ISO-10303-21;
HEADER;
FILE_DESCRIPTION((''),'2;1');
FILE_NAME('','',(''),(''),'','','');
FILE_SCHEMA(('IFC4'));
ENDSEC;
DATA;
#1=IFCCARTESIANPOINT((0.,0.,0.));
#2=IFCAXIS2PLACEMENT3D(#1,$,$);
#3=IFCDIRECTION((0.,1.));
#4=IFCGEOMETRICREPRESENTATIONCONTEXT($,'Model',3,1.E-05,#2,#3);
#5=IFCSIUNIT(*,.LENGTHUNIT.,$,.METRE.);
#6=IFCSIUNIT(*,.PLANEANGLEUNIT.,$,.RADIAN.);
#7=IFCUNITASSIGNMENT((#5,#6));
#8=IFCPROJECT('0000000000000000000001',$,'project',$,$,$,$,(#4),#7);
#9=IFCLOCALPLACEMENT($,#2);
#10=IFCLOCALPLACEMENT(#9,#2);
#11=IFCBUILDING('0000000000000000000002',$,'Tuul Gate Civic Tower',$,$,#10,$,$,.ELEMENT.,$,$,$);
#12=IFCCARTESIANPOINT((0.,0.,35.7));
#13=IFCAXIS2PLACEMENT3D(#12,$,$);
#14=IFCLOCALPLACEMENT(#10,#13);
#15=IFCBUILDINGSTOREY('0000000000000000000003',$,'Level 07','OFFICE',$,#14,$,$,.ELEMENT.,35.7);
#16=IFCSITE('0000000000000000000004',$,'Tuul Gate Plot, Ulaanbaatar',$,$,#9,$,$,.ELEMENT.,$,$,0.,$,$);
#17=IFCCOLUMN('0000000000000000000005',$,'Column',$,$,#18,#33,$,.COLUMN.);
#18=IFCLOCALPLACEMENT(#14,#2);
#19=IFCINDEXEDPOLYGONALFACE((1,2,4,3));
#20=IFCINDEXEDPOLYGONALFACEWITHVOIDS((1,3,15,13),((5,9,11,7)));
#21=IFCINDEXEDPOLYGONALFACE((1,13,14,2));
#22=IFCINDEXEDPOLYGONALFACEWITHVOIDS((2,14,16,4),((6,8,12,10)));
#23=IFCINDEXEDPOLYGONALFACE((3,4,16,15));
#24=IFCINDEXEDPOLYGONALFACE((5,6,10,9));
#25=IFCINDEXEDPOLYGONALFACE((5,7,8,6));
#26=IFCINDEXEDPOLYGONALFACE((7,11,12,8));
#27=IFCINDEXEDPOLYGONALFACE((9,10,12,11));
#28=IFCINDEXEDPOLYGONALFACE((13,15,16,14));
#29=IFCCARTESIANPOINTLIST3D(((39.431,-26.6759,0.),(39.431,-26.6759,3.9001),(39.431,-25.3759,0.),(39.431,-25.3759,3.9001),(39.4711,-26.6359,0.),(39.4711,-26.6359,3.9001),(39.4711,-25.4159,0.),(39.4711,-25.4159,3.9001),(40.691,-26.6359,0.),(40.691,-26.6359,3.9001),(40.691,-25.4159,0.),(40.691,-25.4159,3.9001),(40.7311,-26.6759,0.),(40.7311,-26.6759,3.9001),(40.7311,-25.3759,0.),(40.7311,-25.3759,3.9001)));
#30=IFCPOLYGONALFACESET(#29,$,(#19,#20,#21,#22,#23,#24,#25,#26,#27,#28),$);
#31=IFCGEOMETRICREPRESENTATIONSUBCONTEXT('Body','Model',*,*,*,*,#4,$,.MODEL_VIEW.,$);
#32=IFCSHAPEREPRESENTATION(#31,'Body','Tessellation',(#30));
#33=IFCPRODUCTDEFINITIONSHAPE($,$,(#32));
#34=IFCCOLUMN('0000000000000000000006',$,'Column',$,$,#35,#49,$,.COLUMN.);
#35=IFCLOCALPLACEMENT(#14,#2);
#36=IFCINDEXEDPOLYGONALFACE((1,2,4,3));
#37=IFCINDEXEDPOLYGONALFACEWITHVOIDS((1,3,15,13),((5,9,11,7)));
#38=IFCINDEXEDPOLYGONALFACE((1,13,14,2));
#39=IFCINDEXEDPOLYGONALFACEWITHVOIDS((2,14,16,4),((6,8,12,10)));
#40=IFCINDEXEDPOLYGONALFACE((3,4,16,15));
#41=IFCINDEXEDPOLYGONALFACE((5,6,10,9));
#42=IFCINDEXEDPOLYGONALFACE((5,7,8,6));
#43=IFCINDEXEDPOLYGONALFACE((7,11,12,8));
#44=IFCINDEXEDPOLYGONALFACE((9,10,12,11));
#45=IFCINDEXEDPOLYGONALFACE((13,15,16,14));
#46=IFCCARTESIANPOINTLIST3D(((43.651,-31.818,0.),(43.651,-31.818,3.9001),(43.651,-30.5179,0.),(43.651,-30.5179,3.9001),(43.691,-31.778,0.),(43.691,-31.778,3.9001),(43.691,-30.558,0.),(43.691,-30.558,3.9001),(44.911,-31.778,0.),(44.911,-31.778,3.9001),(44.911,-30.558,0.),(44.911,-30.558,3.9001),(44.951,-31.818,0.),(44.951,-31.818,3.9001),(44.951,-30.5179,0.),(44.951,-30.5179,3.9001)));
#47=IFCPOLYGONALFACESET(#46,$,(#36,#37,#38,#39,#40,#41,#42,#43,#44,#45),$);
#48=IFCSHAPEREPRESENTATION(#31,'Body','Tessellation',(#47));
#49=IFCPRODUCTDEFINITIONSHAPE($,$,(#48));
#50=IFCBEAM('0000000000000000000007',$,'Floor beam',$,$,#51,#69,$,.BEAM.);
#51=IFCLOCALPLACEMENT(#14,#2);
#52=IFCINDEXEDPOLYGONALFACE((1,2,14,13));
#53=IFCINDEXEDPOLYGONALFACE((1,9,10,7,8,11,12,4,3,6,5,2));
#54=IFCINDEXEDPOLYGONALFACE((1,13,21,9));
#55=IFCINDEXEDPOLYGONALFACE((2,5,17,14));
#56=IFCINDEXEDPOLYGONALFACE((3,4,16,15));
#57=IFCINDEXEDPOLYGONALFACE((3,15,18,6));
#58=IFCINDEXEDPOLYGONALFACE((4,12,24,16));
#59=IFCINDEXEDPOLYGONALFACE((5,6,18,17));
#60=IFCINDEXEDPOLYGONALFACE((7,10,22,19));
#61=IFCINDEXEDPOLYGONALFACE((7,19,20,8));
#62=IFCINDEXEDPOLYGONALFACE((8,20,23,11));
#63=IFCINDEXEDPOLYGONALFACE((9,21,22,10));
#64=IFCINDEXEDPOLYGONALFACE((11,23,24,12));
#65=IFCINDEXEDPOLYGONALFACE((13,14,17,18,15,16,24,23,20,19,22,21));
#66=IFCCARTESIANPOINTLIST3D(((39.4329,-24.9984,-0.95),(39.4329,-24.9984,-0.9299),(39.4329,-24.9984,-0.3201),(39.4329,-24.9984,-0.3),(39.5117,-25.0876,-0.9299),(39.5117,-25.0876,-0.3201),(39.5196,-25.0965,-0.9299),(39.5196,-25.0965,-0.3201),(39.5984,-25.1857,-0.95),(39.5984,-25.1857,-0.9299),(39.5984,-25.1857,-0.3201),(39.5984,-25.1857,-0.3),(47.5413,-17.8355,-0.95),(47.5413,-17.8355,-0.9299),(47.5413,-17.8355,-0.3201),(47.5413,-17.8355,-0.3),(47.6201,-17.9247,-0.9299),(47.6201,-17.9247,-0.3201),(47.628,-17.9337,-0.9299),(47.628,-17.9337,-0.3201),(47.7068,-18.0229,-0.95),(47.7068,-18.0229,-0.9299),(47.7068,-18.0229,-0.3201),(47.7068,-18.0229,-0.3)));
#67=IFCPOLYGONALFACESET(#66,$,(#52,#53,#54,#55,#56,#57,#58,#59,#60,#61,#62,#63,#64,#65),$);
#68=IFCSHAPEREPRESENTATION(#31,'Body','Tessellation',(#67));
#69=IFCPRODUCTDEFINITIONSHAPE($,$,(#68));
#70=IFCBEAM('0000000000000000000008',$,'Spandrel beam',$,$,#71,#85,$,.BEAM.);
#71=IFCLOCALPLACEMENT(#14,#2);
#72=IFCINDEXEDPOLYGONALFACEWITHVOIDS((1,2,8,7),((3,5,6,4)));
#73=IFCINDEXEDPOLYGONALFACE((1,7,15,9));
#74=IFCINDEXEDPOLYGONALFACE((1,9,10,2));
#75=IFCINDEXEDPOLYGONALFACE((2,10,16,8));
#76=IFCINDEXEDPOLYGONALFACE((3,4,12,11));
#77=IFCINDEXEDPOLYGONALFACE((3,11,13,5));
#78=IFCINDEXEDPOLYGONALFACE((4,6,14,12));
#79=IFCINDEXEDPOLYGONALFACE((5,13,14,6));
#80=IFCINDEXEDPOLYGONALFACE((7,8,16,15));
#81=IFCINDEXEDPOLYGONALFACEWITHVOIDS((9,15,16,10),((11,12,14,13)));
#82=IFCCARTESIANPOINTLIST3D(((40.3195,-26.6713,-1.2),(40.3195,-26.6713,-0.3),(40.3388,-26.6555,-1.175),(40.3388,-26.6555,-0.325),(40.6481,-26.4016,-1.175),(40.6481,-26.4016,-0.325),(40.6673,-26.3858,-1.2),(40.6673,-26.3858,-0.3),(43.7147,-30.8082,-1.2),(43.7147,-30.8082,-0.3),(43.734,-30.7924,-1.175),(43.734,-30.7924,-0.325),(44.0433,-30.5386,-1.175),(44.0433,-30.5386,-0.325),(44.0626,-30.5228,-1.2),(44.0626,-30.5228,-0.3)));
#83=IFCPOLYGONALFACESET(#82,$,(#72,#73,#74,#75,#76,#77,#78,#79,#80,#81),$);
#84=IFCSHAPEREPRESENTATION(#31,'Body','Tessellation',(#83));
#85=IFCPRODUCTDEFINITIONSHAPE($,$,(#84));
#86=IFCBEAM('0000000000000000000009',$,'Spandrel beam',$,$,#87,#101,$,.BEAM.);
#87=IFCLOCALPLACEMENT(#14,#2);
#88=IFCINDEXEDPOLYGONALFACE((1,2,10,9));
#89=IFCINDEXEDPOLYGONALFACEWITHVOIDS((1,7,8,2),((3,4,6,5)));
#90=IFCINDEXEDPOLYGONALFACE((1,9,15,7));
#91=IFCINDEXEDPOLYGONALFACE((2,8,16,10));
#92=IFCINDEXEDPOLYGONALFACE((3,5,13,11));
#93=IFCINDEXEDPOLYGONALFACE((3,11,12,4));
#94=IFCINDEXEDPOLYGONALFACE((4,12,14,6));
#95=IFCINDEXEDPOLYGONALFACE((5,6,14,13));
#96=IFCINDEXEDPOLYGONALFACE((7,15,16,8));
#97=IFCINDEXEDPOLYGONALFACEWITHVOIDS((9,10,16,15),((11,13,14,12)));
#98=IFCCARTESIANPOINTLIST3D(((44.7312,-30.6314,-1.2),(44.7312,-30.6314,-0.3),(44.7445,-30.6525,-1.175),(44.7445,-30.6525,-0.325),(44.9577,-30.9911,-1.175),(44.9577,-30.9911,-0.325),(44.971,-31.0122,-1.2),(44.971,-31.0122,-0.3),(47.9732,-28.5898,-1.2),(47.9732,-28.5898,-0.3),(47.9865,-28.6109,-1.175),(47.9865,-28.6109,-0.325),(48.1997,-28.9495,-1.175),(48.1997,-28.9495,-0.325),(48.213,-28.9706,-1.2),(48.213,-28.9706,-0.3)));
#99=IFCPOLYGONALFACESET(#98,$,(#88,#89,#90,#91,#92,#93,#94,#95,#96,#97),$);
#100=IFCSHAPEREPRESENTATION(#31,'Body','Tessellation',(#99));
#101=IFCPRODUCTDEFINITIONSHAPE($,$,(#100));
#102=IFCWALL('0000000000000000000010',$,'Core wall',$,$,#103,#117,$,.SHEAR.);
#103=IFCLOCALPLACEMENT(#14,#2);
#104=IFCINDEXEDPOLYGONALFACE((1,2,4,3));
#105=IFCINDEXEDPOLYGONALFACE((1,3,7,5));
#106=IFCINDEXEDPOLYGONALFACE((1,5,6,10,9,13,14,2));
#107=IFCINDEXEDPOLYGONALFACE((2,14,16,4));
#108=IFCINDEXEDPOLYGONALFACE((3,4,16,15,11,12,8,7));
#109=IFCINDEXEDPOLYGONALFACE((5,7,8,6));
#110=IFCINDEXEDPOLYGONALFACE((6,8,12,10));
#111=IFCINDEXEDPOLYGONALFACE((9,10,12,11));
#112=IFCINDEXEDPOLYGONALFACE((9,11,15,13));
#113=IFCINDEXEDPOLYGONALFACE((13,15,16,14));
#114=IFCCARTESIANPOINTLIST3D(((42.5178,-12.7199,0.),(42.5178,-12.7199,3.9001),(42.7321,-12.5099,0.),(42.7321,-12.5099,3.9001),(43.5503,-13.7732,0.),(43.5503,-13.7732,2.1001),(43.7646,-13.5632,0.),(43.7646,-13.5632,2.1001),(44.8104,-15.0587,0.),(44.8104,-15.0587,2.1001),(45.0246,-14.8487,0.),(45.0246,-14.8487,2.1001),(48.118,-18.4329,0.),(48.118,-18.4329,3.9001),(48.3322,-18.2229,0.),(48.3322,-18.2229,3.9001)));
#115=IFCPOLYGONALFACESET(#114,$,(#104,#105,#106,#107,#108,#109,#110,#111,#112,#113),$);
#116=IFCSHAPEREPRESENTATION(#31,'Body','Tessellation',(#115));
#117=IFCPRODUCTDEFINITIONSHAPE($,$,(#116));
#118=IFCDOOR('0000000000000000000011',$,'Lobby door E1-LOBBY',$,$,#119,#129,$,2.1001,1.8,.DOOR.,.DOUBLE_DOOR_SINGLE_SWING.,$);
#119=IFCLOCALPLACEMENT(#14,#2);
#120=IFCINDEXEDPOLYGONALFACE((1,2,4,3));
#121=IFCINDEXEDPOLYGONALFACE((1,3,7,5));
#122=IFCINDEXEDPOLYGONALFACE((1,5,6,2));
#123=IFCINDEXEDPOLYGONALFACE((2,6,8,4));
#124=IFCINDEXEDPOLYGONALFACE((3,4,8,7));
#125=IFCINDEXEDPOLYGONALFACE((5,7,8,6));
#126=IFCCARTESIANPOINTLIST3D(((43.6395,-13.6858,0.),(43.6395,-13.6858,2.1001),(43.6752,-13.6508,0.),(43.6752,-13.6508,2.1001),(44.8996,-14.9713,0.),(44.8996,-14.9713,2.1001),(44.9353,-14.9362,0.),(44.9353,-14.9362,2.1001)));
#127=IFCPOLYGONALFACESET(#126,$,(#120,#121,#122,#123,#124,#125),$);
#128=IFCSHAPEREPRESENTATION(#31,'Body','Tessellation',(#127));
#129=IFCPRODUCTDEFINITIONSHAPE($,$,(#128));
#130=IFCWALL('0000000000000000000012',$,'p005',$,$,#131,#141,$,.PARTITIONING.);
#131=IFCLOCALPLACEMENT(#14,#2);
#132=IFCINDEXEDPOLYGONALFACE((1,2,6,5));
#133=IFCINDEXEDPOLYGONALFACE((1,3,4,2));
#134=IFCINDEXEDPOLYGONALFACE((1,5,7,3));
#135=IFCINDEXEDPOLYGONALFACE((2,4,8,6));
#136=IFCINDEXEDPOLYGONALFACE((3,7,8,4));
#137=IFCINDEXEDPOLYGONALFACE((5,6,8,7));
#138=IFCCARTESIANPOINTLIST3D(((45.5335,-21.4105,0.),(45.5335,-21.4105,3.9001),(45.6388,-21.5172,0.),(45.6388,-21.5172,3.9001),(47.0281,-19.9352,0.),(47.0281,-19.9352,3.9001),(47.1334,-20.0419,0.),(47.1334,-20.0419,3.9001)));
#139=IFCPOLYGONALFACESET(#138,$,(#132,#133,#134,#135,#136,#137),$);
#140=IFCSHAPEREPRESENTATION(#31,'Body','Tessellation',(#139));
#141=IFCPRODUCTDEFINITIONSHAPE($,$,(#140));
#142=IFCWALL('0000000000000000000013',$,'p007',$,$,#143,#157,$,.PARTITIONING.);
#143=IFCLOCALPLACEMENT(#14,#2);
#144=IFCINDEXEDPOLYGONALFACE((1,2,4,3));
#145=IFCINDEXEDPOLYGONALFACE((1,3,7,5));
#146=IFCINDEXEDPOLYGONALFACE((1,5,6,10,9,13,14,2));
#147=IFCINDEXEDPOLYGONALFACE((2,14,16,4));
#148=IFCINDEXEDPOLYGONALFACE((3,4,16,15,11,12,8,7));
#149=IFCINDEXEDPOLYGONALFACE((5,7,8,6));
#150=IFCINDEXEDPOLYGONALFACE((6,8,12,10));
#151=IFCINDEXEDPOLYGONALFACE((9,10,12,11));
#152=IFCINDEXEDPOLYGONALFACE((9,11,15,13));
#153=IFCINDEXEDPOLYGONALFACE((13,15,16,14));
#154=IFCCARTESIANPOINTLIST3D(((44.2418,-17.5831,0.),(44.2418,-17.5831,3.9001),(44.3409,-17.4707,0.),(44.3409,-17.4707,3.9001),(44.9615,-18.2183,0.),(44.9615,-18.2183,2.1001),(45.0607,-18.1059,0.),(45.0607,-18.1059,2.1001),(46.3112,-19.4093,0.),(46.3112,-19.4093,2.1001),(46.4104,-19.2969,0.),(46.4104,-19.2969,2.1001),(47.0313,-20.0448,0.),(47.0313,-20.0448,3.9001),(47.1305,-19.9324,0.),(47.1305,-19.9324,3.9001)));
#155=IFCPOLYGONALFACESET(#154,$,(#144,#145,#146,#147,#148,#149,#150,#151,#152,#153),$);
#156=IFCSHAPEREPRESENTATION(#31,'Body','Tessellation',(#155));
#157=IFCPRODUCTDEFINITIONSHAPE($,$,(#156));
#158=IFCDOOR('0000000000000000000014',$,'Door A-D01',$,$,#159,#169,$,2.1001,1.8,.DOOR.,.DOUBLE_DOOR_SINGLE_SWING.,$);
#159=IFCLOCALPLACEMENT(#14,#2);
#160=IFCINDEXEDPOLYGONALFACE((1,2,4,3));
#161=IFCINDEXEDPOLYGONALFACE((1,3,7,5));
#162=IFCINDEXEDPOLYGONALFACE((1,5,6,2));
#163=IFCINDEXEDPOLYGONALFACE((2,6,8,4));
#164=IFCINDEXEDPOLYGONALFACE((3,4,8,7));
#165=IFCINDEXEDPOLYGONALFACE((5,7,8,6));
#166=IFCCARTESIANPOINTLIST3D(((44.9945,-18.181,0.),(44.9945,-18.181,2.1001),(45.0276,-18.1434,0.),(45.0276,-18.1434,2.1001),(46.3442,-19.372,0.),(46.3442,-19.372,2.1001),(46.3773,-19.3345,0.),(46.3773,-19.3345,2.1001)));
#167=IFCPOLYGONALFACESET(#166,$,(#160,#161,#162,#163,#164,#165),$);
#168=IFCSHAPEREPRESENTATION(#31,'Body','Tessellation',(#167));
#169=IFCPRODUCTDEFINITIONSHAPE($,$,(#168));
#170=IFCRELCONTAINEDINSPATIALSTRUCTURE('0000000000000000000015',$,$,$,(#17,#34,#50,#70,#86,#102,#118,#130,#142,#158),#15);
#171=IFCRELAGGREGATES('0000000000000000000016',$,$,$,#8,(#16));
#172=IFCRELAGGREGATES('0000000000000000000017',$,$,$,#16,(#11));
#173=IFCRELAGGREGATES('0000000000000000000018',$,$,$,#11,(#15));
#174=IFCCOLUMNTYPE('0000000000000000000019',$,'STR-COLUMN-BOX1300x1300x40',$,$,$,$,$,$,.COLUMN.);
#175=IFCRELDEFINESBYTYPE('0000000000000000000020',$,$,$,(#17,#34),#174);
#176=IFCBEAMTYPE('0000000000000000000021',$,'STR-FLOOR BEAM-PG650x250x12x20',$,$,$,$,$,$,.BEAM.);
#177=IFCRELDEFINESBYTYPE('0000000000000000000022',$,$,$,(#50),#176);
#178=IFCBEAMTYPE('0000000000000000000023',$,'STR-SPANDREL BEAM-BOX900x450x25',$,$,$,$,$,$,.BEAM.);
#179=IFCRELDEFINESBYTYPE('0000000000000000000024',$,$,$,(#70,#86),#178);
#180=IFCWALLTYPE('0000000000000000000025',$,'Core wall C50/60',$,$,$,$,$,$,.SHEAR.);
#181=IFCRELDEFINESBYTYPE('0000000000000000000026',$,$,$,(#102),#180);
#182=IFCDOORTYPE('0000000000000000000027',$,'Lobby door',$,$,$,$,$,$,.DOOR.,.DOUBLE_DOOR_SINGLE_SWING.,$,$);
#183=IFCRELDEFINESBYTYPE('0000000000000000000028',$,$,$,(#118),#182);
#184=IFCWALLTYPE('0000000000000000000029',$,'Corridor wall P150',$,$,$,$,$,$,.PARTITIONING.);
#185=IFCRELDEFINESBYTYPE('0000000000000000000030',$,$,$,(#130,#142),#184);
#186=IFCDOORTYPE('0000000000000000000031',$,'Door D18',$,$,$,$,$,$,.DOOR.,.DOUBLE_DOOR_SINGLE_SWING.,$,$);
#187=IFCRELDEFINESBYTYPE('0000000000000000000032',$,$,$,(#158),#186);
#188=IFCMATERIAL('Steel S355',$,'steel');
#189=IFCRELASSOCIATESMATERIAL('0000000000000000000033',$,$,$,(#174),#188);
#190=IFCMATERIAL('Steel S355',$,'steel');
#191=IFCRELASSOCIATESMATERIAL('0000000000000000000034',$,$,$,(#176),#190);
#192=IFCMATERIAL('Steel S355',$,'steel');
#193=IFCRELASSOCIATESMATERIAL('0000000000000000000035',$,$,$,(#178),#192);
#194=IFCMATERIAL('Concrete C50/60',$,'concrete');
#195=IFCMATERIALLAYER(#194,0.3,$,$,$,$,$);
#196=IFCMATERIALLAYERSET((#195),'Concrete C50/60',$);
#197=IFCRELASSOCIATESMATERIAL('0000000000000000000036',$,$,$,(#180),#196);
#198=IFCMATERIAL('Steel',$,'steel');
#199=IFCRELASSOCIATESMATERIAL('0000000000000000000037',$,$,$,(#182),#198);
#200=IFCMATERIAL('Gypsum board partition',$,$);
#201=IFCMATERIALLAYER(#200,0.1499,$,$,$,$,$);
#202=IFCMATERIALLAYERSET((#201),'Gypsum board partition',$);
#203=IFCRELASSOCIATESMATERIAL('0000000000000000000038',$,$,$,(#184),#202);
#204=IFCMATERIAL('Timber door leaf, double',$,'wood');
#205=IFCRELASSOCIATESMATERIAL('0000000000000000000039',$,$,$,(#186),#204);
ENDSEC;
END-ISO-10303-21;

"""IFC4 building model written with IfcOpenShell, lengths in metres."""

from ifc_helpers import new_model, si_unit, direction, frame, frame_2d, origin, origin_2d, place, context, subcontext, project, spatial, rectangle, hollow_rectangle, i_section, extrude, material, layer, layer_set, material_profile, profile_set, type_object, element, fill, save


model = new_model("IFC4")

# Units and contexts
model_context = context("Model", 3, precision=1e-05, world=origin(), true_north=direction((0.0, 1.0)))
body_context = subcontext(model_context, "Body", "Model", "MODEL_VIEW")
ifc_project = project(units=[si_unit("LENGTHUNIT", "METRE"), si_unit("PLANEANGLEUNIT", "RADIAN")], contexts=[model_context])

# Site, building, storey
site_placement = place(None, origin())
site = spatial("IfcSite", under=ifc_project, at=site_placement, Name="Tuul Gate Plot, Ulaanbaatar", CompositionType="ELEMENT", RefElevation=0.0)
building_placement = place(site_placement, origin())
building = spatial("IfcBuilding", under=site, at=building_placement, Name="Tuul Gate Civic Tower", CompositionType="ELEMENT")
storey_placement = place(building_placement, frame((0.0, 0.0, 35.7)))
storey = spatial("IfcBuildingStorey", under=building, at=storey_placement, Name="Level 07", Description="OFFICE", CompositionType="ELEMENT", Elevation=35.7)

# Columns
ifc_material_1 = material(Name="Steel S355", Category="steel")
ifc_material_profile_1 = material_profile(ifc_material_1, hollow_rectangle(XDim=1.3, YDim=1.3, WallThickness=0.04, at=origin_2d()), Name="BOX1300x1300x40")
ifc_profile_set_1 = profile_set([ifc_material_profile_1], Name="Steel S355")
column_type = type_object("IfcColumnType", Name="STR-COLUMN-BOX1300x1300x40", PredefinedType="COLUMN", material=ifc_profile_set_1)
for number, where, z_axis, x_axis, name in (
    (1, (40.0811, -26.0259, 0.0), (0.0, 0.0, 1.0), (1.0, 0.0, 0.0), "Column"),
    (2, (44.301, -31.168, 0.0), (0.0, 0.0, 1.0), (1.0, 0.0, 0.0), "Column"),
):
    element("IfcColumn", number, at=place(storey_placement, frame(where, z_axis=z_axis, x_axis=x_axis)), inside=storey, type_object=column_type, Name=name, PredefinedType="COLUMN", context=body_context, shape_type="SweptSolid", body=[
        extrude(hollow_rectangle(XDim=1.3, YDim=1.3, WallThickness=0.04, at=origin_2d()), origin(), (0.0, 0.0, 1.0), 3.9001),
    ])

# Beams
ifc_material_2 = material(Name="Steel S355", Category="steel")
ifc_material_profile_2 = material_profile(ifc_material_2, i_section(OverallWidth=0.25, OverallDepth=0.6499, WebThickness=0.012, FlangeThickness=0.02, at=origin_2d()), Name="PG650x250x12x20")
ifc_profile_set_2 = profile_set([ifc_material_profile_2], Name="Steel S355")
beam_type_1 = type_object("IfcBeamType", Name="STR-FLOOR BEAM-PG650x250x12x20", PredefinedType="BEAM", material=ifc_profile_set_2)
beam_1_placement = place(storey_placement, frame((39.5156, -25.092, -0.625), z_axis=(0.749454, 0.662057, 0.0), x_axis=(-0.662057, 0.749454, 0.0)))
element("IfcBeam", 3, at=beam_1_placement, inside=storey, type_object=beam_type_1, Name="Floor beam", PredefinedType="BEAM", context=body_context, shape_type="SweptSolid", body=[
    extrude(i_section(OverallWidth=0.25, OverallDepth=0.6499, WebThickness=0.012, FlangeThickness=0.02, at=origin_2d()), origin(), (0.0, 0.0, 1.0), 10.8191),
])
ifc_material_3 = material(Name="Steel S355", Category="steel")
ifc_material_profile_3 = material_profile(ifc_material_3, hollow_rectangle(XDim=0.45, YDim=0.8999, WallThickness=0.0249, at=origin_2d()), Name="BOX900x450x25")
ifc_profile_set_3 = profile_set([ifc_material_profile_3], Name="Steel S355")
beam_type_2 = type_object("IfcBeamType", Name="STR-SPANDREL BEAM-BOX900x450x25", PredefinedType="BEAM", material=ifc_profile_set_3)
beam_2_placement = place(storey_placement, frame((40.4934, -26.5286, -0.75), z_axis=(0.63441, -0.772997, 0.0), x_axis=(0.772997, 0.63441, 0.0)))
element("IfcBeam", 4, at=beam_2_placement, inside=storey, type_object=beam_type_2, Name="Spandrel beam", PredefinedType="BEAM", context=body_context, shape_type="SweptSolid", body=[
    extrude(hollow_rectangle(XDim=0.45, YDim=0.8999, WallThickness=0.0249, at=origin_2d()), origin(), (0.0, 0.0, 1.0), 5.3518),
])
beam_3_placement = place(storey_placement, frame((44.8511, -30.8218, -0.75), z_axis=(0.8462, 0.532866, 0.0), x_axis=(-0.532866, 0.8462, 0.0)))
element("IfcBeam", 5, at=beam_3_placement, inside=storey, type_object=beam_type_2, Name="Spandrel beam", PredefinedType="BEAM", context=body_context, shape_type="SweptSolid", body=[
    extrude(hollow_rectangle(XDim=0.45, YDim=0.8999, WallThickness=0.0249, at=origin_2d()), origin(), (0.0, 0.0, 1.0), 3.8313),
])

# Wall, opening, door
ifc_material_4 = material(Name="Concrete C50/60", Category="concrete")
ifc_layer_1 = layer(ifc_material_4, 0.3)
ifc_layer_set_1 = layer_set([ifc_layer_1], Name="Concrete C50/60")
wall_type_1 = type_object("IfcWallType", Name="Core wall C50/60", PredefinedType="SHEAR", material=ifc_layer_set_1)
wall_1_placement = place(storey_placement, frame((48.2251, -18.3279, 0.0), z_axis=(0.0, 0.0, 1.0), x_axis=(-0.700022, 0.714121, 0.0)))
wall_1 = element("IfcWall", 6, at=wall_1_placement, inside=storey, type_object=wall_type_1, Name="Core wall", PredefinedType="SHEAR", context=body_context, shape_type="SweptSolid", body=[
    extrude(rectangle(XDim=8.0, YDim=0.3, at=frame_2d((4.0, 0.0))), origin(), (0.0, 0.0, 1.0), 3.9001),
])
opening_1_placement = place(wall_1_placement, frame((4.7251, 0.0, 0.0)))
opening_1 = element("IfcOpeningElement", 7, at=opening_1_placement, cuts=wall_1, PredefinedType="OPENING", context=body_context, shape_type="SweptSolid", body=[
    extrude(rectangle(XDim=1.8, YDim=2.1001, at=frame_2d((0.8999, 1.05))), frame((0.0, 0.1602, 0.0), z_axis=(0.0, -1.0, 0.0), x_axis=(1.0, 0.0, 0.0)), (0.0, 0.0, 1.0), 0.3201),
])
ifc_material_5 = material(Name="Steel", Category="steel")
door_type_1 = type_object("IfcDoorType", Name="Lobby door", OperationType="DOUBLE_DOOR_SINGLE_SWING", PredefinedType="DOOR", material=ifc_material_5)
door_1_placement = place(opening_1_placement, frame((1.8, 0.0, 0.0), z_axis=(0.0, 0.0, 1.0), x_axis=(-1.0, 0.0, 0.0)))
door_1 = element("IfcDoor", 8, at=door_1_placement, inside=storey, type_object=door_type_1, Name="Lobby door E1-LOBBY", OperationType="DOUBLE_DOOR_SINGLE_SWING", OverallHeight=2.1001, OverallWidth=1.8, PredefinedType="DOOR", context=body_context, shape_type="SweptSolid", body=[
    extrude(rectangle(XDim=1.8, YDim=2.1001, at=frame_2d((0.9001, 1.05))), frame((0.0, 0.0249, 0.0), z_axis=(0.0, -1.0, 0.0), x_axis=(1.0, 0.0, 0.0)), (0.0, 0.0, 1.0), 0.05),
])
fill(opening_1, door_1)

# Wall
ifc_material_6 = material(Name="Gypsum board partition")
ifc_layer_2 = layer(ifc_material_6, 0.1499)
ifc_layer_set_2 = layer_set([ifc_layer_2], Name="Gypsum board partition")
wall_type_2 = type_object("IfcWallType", Name="Corridor wall P150", PredefinedType="PARTITIONING", material=ifc_layer_set_2)
wall_2_placement = place(storey_placement, frame((45.5862, -21.4639, 0.0), z_axis=(0.0, 0.0, 1.0), x_axis=(0.711684, 0.7025, 0.0)))
element("IfcWall", 9, at=wall_2_placement, inside=storey, type_object=wall_type_2, Name="p005", PredefinedType="PARTITIONING", context=body_context, shape_type="SweptSolid", body=[
    extrude(rectangle(XDim=2.1001, YDim=0.1499, at=frame_2d((1.05, 0.0))), origin(), (0.0, 0.0, 1.0), 3.9001),
])

# Wall, opening, door
wall_3_placement = place(storey_placement, frame((44.2913, -17.5269, 0.0), z_axis=(0.0, 0.0, 1.0), x_axis=(0.749798, -0.661667, 0.0)))
wall_3 = element("IfcWall", 10, at=wall_3_placement, inside=storey, type_object=wall_type_2, Name="p007", PredefinedType="PARTITIONING", context=body_context, shape_type="SweptSolid", body=[
    extrude(rectangle(XDim=3.7205, YDim=0.1499, at=frame_2d((1.8604, 0.0))), origin(), (0.0, 0.0, 1.0), 3.9001),
])
opening_2_placement = place(wall_3_placement, frame((0.9602, 0.0, 0.0)))
opening_2 = element("IfcOpeningElement", 11, at=opening_2_placement, cuts=wall_3, PredefinedType="OPENING", context=body_context, shape_type="SweptSolid", body=[
    extrude(rectangle(XDim=1.8, YDim=2.1001, at=frame_2d((0.8999, 1.05))), frame((0.0, 0.085, 0.0), z_axis=(0.0, -1.0, 0.0), x_axis=(1.0, 0.0, 0.0)), (0.0, 0.0, 1.0), 0.1699),
])
ifc_material_7 = material(Name="Timber door leaf, double", Category="wood")
door_type_2 = type_object("IfcDoorType", Name="Door D18", OperationType="DOUBLE_DOOR_SINGLE_SWING", PredefinedType="DOOR", material=ifc_material_7)
door_2_placement = place(opening_2_placement, origin())
door_2 = element("IfcDoor", 12, at=door_2_placement, inside=storey, type_object=door_type_2, Name="Door A-D01", OperationType="DOUBLE_DOOR_SINGLE_SWING", OverallHeight=2.1001, OverallWidth=1.8, PredefinedType="DOOR", context=body_context, shape_type="SweptSolid", body=[
    extrude(rectangle(XDim=1.8, YDim=2.1001, at=frame_2d((0.8999, 1.05))), frame((0.0, 0.0249, 0.0), z_axis=(0.0, -1.0, 0.0), x_axis=(1.0, 0.0, 0.0)), (0.0, 0.0, 1.0), 0.05),
])
fill(opening_2, door_2)

save(model, "model.ifc")
